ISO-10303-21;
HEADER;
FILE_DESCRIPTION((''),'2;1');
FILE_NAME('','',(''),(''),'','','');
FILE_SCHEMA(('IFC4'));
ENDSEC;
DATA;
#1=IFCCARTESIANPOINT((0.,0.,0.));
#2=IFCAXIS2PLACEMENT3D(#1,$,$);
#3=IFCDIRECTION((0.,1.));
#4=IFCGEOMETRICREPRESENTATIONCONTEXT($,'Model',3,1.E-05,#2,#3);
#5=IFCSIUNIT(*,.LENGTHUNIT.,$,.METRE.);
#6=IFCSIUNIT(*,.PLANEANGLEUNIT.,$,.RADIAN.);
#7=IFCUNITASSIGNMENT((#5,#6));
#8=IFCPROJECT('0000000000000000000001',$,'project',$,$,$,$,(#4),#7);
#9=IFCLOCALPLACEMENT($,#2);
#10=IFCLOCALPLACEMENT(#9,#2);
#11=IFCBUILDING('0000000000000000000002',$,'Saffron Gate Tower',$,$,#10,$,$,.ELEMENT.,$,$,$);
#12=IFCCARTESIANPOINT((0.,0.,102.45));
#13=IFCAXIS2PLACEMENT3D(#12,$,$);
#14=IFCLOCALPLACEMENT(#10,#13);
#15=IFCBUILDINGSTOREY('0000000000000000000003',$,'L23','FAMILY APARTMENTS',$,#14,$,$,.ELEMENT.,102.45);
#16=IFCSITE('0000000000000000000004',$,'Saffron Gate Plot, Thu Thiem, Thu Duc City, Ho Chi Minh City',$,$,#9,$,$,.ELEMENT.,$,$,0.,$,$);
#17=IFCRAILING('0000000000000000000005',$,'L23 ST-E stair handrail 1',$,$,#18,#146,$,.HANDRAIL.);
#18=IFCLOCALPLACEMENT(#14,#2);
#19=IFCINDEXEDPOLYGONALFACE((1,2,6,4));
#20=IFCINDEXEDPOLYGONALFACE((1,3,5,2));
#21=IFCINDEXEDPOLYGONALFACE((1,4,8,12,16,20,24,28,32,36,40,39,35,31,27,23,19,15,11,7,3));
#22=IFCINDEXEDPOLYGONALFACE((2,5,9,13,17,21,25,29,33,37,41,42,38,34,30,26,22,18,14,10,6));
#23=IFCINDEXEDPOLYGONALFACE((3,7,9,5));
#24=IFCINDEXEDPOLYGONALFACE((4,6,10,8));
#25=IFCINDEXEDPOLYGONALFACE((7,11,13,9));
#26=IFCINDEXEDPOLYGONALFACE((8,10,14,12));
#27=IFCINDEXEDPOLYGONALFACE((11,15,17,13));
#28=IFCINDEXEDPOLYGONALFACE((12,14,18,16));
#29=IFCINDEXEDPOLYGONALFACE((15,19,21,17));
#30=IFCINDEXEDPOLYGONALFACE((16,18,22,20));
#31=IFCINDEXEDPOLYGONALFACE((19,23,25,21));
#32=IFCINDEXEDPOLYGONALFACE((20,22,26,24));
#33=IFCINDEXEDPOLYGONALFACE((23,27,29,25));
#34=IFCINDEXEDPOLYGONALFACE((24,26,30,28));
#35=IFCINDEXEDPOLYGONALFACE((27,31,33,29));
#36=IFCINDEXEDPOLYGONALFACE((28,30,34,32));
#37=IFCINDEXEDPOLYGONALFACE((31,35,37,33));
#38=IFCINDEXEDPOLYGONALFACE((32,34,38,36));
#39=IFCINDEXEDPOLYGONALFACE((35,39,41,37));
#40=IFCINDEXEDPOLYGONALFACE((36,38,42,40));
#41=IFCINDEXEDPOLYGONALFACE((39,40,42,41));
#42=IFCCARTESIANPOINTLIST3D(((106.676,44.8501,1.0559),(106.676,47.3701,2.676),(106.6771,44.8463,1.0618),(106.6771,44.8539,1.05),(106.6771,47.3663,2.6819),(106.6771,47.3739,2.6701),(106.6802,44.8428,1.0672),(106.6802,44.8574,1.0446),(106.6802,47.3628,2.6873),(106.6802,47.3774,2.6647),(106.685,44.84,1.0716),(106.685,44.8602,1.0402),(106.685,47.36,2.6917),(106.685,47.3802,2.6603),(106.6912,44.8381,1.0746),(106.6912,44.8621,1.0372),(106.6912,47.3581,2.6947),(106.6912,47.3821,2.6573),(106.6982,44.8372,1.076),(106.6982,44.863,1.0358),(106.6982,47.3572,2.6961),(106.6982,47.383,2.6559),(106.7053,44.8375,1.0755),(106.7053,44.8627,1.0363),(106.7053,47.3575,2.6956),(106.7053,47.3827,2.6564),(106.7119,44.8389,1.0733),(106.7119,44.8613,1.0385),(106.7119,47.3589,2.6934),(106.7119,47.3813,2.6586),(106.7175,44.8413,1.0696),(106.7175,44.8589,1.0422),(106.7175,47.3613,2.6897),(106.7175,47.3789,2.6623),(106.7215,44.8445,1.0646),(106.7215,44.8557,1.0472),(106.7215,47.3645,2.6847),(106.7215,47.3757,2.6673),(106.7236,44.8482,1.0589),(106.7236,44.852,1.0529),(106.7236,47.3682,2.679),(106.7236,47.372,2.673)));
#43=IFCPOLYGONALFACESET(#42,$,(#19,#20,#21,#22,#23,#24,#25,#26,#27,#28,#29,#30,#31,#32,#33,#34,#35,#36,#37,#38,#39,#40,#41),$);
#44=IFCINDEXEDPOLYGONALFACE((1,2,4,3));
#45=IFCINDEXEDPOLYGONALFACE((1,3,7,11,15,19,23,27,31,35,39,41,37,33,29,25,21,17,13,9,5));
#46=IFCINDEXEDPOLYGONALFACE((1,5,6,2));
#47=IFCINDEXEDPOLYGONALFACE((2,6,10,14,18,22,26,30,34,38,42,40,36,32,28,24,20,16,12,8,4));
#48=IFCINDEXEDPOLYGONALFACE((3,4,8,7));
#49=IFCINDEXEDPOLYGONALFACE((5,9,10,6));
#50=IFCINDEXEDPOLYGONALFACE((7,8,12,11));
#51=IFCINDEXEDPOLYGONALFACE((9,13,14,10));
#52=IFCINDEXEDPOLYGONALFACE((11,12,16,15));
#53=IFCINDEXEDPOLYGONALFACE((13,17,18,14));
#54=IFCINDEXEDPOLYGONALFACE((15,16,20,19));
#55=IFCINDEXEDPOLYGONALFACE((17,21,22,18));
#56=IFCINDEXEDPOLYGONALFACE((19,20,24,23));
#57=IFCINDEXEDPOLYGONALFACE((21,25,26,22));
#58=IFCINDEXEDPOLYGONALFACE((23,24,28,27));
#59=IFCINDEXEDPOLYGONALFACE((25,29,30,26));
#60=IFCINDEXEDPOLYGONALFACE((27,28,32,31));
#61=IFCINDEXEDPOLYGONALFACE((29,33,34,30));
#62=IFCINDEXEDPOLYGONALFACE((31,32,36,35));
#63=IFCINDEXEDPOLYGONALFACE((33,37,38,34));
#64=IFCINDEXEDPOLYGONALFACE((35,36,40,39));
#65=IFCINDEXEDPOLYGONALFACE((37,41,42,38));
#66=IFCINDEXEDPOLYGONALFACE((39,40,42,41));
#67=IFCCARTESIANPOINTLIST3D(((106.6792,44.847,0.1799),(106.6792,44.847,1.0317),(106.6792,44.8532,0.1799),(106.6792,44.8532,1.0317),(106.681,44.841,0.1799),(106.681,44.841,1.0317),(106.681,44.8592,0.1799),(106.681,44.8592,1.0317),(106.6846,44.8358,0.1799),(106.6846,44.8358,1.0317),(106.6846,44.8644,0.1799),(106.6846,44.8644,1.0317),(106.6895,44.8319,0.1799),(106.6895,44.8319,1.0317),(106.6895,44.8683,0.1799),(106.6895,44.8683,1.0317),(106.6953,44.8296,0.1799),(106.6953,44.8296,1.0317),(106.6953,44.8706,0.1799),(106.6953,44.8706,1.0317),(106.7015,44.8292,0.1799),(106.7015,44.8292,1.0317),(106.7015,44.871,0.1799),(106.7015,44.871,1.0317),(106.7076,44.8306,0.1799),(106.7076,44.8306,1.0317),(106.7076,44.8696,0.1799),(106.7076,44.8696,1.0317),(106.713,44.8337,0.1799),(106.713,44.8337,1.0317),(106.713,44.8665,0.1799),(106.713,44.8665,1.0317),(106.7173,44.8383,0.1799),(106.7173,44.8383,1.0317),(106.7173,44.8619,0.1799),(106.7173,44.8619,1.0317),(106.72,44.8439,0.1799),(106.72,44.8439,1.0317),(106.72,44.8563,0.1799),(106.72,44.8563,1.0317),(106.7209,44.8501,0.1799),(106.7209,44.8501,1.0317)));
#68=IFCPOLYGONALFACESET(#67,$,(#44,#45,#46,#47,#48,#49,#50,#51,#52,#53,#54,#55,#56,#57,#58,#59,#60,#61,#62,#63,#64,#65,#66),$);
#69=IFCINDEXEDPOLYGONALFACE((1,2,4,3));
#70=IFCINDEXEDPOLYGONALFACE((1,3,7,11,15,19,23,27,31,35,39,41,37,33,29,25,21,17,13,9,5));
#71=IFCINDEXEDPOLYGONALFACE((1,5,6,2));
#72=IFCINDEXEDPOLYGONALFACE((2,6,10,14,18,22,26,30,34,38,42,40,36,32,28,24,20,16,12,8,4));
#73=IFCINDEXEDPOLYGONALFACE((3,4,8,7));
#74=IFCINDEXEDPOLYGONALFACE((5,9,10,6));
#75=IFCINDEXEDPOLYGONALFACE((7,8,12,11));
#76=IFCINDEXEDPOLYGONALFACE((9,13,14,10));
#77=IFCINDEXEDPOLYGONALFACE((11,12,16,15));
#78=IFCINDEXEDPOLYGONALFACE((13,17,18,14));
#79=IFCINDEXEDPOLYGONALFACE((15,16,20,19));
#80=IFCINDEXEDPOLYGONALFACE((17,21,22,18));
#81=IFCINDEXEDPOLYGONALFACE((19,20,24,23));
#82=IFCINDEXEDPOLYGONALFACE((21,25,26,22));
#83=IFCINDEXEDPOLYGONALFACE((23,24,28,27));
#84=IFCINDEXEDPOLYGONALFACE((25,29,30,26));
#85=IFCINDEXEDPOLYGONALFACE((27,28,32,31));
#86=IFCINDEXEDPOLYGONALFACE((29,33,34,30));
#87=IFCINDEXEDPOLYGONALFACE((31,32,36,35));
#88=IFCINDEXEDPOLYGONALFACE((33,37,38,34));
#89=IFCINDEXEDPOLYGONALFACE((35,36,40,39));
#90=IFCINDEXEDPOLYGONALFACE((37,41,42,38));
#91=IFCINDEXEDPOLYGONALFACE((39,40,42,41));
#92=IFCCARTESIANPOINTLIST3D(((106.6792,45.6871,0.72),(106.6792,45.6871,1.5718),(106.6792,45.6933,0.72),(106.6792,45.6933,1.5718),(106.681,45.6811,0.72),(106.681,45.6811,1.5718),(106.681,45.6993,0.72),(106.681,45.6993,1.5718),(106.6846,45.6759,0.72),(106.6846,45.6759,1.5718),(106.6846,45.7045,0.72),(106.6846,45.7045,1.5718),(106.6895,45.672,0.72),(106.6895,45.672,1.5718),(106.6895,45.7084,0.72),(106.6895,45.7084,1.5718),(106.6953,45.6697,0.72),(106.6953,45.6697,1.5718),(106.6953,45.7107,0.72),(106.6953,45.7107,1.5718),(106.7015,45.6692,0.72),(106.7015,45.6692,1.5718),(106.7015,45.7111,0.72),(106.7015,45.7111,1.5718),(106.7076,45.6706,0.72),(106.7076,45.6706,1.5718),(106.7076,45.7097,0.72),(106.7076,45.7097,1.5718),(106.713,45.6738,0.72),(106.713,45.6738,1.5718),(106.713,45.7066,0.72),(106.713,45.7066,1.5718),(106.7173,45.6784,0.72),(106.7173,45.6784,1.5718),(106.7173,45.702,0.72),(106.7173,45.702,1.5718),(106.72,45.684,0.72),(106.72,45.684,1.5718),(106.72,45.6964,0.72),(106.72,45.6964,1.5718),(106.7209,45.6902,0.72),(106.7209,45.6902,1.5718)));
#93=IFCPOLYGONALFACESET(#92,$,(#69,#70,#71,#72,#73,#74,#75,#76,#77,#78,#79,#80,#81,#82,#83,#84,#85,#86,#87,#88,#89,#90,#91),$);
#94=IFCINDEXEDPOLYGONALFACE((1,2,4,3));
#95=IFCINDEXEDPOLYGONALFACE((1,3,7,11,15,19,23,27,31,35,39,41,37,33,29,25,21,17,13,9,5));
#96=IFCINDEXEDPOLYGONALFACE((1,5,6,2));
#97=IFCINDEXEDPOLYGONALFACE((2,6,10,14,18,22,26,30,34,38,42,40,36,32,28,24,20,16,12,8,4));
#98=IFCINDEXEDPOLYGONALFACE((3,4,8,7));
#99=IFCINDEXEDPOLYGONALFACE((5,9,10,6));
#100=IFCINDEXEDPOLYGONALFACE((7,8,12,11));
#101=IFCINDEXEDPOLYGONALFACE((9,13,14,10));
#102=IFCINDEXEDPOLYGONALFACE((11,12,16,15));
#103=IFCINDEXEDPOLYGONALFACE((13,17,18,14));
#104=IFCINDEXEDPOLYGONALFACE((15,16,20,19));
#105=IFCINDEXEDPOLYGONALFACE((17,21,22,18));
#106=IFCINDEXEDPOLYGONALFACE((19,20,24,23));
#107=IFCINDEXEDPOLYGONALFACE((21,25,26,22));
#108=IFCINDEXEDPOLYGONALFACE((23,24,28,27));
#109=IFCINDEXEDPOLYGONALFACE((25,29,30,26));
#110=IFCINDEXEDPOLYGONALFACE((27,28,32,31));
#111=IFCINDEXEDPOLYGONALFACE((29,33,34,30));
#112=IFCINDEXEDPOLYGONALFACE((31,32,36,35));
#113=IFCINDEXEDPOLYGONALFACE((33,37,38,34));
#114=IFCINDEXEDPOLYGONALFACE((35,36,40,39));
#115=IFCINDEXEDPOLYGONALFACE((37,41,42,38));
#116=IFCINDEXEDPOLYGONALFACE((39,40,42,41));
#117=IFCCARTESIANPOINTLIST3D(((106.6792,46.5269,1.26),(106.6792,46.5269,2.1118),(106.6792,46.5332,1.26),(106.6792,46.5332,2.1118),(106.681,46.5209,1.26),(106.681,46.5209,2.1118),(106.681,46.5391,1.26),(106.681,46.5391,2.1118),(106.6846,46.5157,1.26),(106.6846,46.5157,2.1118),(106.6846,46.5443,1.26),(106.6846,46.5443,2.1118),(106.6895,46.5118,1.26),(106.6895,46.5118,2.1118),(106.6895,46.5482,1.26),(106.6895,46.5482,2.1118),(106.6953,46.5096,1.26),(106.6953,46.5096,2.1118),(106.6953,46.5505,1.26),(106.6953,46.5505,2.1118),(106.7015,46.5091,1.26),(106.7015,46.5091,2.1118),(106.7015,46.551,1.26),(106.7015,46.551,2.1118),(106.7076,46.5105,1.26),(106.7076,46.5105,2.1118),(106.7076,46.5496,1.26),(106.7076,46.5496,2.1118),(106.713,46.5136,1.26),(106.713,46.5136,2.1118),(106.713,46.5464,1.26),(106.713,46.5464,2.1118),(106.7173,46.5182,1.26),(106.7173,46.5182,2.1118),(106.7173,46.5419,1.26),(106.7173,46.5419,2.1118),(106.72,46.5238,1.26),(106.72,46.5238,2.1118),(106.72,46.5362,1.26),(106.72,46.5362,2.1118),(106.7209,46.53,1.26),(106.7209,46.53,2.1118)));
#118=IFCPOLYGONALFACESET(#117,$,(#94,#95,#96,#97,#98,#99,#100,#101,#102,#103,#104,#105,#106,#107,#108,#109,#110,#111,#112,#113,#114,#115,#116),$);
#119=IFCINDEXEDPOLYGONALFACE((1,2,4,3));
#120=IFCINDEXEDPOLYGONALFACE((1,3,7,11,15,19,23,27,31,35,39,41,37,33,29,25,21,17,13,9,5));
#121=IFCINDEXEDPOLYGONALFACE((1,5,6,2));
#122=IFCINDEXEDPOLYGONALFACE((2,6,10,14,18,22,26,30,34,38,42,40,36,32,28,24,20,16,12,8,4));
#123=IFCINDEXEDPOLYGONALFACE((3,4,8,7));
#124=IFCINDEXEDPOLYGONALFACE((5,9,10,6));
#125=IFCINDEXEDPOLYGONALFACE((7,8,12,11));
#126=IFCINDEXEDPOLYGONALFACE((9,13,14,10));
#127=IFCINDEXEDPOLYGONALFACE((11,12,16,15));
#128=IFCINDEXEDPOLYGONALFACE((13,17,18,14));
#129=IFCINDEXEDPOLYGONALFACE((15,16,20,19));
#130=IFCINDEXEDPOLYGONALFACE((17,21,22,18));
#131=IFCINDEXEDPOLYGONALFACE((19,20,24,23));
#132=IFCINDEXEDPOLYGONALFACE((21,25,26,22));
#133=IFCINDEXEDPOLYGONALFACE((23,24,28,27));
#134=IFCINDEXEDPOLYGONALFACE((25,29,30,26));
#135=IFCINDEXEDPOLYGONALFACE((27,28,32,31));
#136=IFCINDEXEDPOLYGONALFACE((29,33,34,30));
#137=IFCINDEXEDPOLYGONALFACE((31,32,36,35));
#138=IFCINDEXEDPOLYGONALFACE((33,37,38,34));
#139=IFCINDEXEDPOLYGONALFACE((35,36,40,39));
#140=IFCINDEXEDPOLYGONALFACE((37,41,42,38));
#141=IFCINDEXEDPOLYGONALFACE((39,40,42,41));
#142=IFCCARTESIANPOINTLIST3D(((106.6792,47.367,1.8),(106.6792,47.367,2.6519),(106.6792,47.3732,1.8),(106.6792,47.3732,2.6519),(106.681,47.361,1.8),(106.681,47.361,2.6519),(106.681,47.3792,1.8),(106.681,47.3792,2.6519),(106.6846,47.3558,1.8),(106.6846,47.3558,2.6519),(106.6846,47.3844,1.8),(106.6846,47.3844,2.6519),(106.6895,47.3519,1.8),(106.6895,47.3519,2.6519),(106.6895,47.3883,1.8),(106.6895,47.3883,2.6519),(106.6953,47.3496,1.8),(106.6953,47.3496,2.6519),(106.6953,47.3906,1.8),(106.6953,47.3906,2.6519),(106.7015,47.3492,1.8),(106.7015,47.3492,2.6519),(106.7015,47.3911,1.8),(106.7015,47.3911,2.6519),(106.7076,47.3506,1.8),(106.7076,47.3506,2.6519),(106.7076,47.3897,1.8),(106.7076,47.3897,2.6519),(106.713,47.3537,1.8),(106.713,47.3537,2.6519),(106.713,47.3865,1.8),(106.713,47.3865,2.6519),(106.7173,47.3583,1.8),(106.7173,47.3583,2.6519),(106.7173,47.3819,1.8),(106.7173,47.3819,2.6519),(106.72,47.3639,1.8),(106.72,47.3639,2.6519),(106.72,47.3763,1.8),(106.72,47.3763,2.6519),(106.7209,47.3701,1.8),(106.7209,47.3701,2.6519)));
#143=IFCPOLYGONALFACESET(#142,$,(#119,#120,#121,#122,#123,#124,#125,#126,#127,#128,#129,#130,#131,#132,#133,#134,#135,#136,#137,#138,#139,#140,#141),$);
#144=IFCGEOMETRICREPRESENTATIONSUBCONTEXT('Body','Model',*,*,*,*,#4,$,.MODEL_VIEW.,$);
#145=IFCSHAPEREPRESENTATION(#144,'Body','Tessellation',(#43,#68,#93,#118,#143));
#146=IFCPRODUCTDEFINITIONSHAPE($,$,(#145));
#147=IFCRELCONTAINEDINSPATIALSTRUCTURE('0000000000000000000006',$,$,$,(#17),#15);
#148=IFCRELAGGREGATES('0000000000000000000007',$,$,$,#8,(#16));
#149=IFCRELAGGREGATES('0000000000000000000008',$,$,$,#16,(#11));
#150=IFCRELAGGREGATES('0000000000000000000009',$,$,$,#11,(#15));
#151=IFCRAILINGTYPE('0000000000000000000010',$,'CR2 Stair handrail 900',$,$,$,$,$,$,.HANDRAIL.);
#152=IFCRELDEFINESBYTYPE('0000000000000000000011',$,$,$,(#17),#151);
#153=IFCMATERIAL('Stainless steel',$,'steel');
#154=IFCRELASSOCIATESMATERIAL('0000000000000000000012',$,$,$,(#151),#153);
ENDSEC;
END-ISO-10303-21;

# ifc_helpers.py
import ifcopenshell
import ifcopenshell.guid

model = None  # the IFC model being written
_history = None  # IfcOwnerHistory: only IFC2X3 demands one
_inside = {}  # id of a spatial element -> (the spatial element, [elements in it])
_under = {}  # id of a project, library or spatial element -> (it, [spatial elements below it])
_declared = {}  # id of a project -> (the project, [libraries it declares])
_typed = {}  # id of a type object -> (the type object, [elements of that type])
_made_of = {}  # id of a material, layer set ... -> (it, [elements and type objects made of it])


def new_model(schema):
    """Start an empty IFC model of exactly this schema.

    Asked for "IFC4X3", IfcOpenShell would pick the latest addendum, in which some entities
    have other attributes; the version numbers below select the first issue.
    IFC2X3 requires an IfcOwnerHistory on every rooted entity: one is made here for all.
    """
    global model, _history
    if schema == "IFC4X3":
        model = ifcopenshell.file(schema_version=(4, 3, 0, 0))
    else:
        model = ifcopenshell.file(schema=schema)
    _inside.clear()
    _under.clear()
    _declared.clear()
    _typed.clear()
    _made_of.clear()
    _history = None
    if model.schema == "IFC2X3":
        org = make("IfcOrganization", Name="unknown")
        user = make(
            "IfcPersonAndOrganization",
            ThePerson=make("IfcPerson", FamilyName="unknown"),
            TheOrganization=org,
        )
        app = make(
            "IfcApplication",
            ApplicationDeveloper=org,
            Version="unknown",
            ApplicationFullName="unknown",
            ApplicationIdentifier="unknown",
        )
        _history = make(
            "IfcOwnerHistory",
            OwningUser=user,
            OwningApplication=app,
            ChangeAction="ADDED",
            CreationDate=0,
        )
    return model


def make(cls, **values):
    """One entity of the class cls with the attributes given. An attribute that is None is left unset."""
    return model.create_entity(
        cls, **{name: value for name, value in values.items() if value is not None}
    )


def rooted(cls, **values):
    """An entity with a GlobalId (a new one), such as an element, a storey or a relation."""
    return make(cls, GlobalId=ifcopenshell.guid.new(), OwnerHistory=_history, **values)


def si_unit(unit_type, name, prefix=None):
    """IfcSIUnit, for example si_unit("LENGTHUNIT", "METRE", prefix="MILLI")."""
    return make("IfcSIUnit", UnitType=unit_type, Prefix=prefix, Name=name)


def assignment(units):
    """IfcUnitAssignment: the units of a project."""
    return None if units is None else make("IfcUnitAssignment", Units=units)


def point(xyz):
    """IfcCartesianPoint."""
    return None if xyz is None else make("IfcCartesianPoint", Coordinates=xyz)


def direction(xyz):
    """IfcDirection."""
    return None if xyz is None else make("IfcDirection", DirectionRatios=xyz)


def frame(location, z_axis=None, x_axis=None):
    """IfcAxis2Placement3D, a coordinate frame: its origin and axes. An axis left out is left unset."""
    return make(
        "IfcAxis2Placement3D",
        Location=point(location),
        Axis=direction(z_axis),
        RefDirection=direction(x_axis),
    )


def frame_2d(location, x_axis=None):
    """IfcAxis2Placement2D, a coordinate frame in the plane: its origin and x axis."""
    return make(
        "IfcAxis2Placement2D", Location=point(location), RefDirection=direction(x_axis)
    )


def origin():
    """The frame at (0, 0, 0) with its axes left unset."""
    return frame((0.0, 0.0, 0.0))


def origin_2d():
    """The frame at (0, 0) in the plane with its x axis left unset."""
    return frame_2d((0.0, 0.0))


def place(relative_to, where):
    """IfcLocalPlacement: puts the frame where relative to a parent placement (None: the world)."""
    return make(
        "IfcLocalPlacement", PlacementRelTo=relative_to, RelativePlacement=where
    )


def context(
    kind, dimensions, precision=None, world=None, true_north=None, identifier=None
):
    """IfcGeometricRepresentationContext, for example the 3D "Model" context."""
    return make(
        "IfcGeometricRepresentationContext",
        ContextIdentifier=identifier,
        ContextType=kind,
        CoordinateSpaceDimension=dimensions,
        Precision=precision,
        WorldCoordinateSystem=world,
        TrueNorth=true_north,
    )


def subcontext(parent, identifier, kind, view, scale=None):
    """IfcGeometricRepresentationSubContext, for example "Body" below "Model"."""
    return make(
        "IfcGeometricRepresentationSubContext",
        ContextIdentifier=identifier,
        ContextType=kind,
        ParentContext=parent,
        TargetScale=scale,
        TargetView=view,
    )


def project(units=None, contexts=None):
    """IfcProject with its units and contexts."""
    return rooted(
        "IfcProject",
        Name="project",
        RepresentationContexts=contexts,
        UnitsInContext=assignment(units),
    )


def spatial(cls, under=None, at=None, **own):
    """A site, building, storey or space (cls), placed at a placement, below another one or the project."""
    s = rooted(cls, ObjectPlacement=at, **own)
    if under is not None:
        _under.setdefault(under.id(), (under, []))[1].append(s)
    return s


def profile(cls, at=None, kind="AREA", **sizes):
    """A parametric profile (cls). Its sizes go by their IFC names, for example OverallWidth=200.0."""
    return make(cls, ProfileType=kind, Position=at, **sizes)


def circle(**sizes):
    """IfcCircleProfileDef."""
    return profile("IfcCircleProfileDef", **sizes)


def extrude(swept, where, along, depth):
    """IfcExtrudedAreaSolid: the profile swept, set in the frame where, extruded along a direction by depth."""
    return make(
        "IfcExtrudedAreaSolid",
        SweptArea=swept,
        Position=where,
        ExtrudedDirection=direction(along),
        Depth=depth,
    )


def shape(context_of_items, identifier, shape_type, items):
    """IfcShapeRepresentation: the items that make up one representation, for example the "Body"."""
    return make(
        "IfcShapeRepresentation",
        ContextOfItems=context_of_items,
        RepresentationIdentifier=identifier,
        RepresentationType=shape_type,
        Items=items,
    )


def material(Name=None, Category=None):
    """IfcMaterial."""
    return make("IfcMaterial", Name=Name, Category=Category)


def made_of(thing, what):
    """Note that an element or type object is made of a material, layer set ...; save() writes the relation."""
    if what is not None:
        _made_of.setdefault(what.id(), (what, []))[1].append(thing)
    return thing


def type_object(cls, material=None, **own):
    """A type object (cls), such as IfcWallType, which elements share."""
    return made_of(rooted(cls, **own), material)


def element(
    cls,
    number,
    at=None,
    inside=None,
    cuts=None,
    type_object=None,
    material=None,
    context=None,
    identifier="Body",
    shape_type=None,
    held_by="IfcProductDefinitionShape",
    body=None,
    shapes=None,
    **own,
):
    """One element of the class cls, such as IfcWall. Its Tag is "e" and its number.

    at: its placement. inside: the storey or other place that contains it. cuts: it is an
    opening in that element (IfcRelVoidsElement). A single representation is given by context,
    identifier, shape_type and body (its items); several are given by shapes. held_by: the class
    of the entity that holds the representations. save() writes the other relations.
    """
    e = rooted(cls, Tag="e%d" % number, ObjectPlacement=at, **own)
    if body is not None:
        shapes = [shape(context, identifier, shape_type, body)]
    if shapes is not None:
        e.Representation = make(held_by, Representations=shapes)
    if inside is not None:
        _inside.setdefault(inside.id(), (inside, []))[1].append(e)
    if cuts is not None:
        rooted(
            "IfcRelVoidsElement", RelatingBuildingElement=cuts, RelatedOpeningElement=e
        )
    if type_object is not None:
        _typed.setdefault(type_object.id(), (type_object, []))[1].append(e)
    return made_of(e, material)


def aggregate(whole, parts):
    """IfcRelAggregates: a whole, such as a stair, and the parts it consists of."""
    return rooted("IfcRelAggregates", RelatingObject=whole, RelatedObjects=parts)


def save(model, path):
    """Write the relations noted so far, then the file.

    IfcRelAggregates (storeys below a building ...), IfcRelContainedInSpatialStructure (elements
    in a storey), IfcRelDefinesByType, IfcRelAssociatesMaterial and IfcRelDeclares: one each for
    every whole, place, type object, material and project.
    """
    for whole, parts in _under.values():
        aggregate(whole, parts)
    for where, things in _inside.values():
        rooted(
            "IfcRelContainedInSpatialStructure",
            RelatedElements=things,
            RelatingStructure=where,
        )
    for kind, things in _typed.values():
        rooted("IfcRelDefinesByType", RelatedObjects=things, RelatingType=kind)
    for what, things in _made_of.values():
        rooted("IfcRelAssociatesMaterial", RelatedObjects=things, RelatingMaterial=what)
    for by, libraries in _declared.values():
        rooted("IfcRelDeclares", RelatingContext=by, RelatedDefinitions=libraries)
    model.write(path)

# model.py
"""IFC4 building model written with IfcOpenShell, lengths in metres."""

from ifc_helpers import new_model, si_unit, direction, frame, origin, origin_2d, place, context, subcontext, project, spatial, circle, extrude, material, type_object, element, save


model = new_model("IFC4")

# Units and contexts
model_context = context("Model", 3, precision=1e-05, world=origin(), true_north=direction((0.0, 1.0)))
body_context = subcontext(model_context, "Body", "Model", "MODEL_VIEW")
ifc_project = project(units=[si_unit("LENGTHUNIT", "METRE"), si_unit("PLANEANGLEUNIT", "RADIAN")], contexts=[model_context])

# Site, building, storey
site_placement = place(None, origin())
site = spatial("IfcSite", under=ifc_project, at=site_placement, Name="Saffron Gate Plot, Thu Thiem, Thu Duc City, Ho Chi Minh City", CompositionType="ELEMENT", RefElevation=0.0)
building_placement = place(site_placement, origin())
building = spatial("IfcBuilding", under=site, at=building_placement, Name="Saffron Gate Tower", CompositionType="ELEMENT")
storey_placement = place(building_placement, frame((0.0, 0.0, 102.45)))
storey = spatial("IfcBuildingStorey", under=building, at=storey_placement, Name="L23", Description="FAMILY APARTMENTS", CompositionType="ELEMENT", Elevation=102.45)

# Railing
ifc_material_1 = material(Name="Stainless steel", Category="steel")
railing_type_1 = type_object("IfcRailingType", Name="CR2 Stair handrail 900", PredefinedType="HANDRAIL", material=ifc_material_1)
railing_1_placement = place(storey_placement, frame((106.7, 44.8501, 0.1799)))
element("IfcRailing", 1, at=railing_1_placement, inside=storey, type_object=railing_type_1, Name="L23 ST-E stair handrail 1", PredefinedType="HANDRAIL", context=body_context, shape_type="SweptSolid", body=[
    extrude(circle(Radius=0.0239, at=origin_2d()), frame((0.0, 0.0, 0.876), z_axis=(0.0, 0.841163, 0.540782), x_axis=(-1.0, 0.0, 0.0)), (0.0, 0.0, 1.0), 2.9958),
    extrude(circle(Radius=0.021, at=origin_2d()), origin(), (0.0, 0.0, 1.0), 0.8518),
    extrude(circle(Radius=0.021, at=origin_2d()), frame((0.0, 0.8401, 0.54)), (0.0, 0.0, 1.0), 0.8518),
    extrude(circle(Radius=0.021, at=origin_2d()), frame((0.0, 1.6799, 1.0801)), (0.0, 0.0, 1.0), 0.8518),
    extrude(circle(Radius=0.021, at=origin_2d()), frame((0.0, 2.52, 1.6201)), (0.0, 0.0, 1.0), 0.8518),
])

save(model, "model.ifc")
